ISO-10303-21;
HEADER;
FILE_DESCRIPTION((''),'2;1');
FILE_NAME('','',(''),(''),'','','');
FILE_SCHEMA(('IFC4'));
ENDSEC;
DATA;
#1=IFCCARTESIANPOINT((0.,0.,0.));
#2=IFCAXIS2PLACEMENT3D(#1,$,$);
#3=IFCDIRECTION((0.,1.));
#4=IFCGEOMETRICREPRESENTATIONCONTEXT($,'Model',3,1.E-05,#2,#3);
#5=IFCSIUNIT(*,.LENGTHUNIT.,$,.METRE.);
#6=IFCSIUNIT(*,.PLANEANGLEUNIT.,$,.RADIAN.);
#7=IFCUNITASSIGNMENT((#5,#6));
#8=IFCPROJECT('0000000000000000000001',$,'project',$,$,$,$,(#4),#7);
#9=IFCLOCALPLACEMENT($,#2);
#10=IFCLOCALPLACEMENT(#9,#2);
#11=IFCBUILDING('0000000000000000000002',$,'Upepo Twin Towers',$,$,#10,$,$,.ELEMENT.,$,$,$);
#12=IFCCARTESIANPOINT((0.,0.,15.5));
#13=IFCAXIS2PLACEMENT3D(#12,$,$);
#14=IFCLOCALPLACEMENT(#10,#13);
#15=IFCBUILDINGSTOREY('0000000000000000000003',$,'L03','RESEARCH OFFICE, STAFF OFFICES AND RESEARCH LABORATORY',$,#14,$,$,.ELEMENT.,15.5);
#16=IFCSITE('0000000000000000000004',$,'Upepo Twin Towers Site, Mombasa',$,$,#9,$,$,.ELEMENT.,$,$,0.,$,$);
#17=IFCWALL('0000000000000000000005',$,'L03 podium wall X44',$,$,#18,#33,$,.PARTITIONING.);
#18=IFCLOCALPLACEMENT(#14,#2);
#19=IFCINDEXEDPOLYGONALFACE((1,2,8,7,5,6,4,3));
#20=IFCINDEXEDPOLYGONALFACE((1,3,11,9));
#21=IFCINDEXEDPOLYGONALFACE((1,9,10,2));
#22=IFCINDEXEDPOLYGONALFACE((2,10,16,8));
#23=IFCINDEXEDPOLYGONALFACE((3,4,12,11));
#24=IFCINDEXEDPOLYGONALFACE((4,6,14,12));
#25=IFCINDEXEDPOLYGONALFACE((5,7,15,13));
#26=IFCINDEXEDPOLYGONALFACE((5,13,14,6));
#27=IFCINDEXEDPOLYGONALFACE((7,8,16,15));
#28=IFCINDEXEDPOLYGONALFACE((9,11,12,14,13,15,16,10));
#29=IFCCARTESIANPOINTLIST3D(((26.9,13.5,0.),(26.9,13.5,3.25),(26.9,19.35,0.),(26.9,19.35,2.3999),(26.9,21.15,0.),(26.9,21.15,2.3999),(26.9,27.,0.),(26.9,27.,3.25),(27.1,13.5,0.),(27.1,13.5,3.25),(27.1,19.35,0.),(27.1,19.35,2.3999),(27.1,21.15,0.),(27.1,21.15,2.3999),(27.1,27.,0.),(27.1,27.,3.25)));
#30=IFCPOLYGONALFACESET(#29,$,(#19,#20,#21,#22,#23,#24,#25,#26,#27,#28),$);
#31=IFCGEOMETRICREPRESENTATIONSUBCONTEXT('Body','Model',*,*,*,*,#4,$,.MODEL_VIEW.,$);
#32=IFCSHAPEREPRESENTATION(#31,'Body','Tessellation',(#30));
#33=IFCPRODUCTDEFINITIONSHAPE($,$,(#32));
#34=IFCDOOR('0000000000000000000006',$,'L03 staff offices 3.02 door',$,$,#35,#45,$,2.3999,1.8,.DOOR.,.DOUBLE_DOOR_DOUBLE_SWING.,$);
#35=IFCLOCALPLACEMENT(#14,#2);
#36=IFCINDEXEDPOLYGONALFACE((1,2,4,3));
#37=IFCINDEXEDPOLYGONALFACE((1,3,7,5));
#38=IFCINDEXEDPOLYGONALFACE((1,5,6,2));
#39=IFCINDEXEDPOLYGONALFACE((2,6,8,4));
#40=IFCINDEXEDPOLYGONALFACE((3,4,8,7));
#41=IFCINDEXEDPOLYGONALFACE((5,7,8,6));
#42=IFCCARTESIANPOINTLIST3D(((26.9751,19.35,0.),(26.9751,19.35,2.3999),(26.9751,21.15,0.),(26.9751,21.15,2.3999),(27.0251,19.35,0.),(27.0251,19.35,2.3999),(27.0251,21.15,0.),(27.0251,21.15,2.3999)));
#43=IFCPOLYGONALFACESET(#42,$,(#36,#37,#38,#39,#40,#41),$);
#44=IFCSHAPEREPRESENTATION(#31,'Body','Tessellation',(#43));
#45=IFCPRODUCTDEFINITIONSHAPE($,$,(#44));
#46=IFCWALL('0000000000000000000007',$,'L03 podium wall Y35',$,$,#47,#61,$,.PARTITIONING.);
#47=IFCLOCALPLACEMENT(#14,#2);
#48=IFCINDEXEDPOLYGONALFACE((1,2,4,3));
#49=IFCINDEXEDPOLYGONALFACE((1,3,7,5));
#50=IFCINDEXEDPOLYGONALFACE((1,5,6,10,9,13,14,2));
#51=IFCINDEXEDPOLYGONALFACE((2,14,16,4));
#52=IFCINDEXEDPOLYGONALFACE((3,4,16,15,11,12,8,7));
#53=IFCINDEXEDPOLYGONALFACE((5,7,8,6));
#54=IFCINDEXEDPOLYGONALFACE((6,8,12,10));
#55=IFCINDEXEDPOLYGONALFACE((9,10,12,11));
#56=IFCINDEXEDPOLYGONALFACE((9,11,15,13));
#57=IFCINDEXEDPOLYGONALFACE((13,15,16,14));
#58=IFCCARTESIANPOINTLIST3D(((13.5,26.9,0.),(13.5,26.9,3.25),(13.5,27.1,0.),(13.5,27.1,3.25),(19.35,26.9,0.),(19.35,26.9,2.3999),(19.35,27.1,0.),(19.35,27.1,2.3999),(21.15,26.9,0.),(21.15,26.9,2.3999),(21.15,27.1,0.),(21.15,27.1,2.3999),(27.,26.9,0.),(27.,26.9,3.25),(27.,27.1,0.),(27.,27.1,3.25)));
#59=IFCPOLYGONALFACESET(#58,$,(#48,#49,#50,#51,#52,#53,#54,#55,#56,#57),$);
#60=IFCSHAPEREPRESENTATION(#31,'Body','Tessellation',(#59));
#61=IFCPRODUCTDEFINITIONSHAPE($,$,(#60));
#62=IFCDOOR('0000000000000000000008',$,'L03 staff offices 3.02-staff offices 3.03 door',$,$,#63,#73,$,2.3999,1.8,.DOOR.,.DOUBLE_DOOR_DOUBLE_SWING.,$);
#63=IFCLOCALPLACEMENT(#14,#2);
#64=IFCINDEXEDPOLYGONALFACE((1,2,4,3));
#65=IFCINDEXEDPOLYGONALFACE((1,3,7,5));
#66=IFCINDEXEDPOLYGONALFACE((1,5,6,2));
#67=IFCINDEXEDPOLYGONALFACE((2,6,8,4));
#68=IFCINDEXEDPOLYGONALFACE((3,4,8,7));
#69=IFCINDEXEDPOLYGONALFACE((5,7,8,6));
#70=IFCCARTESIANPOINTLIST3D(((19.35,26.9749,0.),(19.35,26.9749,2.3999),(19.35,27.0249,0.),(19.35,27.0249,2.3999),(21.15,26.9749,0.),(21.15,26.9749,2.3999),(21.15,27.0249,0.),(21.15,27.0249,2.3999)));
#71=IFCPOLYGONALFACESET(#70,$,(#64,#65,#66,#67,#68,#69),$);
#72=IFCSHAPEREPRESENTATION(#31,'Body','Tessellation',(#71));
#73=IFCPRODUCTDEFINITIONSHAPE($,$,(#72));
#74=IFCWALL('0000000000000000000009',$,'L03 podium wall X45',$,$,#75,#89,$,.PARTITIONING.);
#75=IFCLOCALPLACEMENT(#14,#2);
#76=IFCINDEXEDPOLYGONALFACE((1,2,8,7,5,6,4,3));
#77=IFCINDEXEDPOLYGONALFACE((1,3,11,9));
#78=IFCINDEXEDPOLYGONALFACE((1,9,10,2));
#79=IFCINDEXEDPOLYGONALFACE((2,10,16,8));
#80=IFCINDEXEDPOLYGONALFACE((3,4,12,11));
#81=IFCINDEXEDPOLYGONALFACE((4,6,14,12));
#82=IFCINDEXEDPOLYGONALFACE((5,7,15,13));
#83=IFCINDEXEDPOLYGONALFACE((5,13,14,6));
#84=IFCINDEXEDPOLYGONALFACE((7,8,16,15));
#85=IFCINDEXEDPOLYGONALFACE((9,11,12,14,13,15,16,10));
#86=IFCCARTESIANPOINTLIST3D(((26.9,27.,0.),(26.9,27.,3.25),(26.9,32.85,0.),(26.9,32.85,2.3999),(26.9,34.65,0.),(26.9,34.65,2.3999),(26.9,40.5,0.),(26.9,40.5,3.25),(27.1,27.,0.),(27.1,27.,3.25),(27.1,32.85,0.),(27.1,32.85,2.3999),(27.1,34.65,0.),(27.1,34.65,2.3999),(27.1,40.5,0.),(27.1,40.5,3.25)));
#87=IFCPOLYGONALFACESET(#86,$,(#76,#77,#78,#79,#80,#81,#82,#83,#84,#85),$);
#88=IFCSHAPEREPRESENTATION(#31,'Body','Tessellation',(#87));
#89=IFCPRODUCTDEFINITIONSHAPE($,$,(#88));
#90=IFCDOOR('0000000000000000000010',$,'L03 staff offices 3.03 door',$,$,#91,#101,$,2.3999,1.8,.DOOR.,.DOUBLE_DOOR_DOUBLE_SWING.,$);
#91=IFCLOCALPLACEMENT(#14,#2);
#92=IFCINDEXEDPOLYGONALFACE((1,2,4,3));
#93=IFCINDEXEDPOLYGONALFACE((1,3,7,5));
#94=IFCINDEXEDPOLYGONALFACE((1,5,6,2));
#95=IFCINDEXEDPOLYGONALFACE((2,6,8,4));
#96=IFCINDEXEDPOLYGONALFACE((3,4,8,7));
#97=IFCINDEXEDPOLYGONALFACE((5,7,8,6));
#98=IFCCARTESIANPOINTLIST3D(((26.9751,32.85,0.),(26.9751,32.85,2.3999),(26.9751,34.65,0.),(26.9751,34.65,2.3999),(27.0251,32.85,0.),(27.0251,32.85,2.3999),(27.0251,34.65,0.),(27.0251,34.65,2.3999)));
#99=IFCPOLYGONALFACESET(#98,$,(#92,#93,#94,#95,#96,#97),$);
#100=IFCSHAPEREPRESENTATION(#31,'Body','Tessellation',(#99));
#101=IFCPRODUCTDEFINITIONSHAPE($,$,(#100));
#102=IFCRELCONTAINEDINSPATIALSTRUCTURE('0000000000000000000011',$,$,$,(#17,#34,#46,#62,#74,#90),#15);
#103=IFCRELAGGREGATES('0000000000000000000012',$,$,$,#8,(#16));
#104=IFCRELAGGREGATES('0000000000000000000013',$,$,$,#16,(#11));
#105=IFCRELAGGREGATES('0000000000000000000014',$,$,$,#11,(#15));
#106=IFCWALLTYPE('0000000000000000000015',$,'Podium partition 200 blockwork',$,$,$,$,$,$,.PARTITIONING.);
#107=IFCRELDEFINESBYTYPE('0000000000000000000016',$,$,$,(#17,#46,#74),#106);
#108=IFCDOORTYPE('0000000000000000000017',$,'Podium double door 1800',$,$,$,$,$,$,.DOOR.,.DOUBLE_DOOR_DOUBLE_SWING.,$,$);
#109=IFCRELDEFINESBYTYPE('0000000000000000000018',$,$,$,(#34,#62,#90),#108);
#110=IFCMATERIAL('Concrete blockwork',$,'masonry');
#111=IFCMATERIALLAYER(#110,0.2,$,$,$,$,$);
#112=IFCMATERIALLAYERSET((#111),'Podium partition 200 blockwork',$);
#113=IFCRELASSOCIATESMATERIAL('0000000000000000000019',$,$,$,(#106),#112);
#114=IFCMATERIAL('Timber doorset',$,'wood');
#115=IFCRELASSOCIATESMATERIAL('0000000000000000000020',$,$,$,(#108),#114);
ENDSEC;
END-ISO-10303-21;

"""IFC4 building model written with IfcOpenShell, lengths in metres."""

from ifc_helpers import new_model, si_unit, direction, frame, frame_2d, origin, place, context, subcontext, project, spatial, rectangle, extrude, material, layer, layer_set, type_object, element, fill, save


model = new_model("IFC4")

# Units and contexts
model_context = context("Model", 3, precision=1e-05, world=origin(), true_north=direction((0.0, 1.0)))
body_context = subcontext(model_context, "Body", "Model", "MODEL_VIEW")
ifc_project = project(units=[si_unit("LENGTHUNIT", "METRE"), si_unit("PLANEANGLEUNIT", "RADIAN")], contexts=[model_context])

# Site, building, storey
site_placement = place(None, origin())
site = spatial("IfcSite", under=ifc_project, at=site_placement, Name="Upepo Twin Towers Site, Mombasa", CompositionType="ELEMENT", RefElevation=0.0)
building_placement = place(site_placement, origin())
building = spatial("IfcBuilding", under=site, at=building_placement, Name="Upepo Twin Towers", CompositionType="ELEMENT")
storey_placement = place(building_placement, frame((0.0, 0.0, 15.5)))
storey = spatial("IfcBuildingStorey", under=building, at=storey_placement, Name="L03", Description="RESEARCH OFFICE, STAFF OFFICES AND RESEARCH LABORATORY", CompositionType="ELEMENT", Elevation=15.5)

# Walls, openings, doors
ifc_material_1 = material(Name="Concrete blockwork", Category="masonry")
ifc_layer_1 = layer(ifc_material_1, 0.2)
ifc_layer_set_1 = layer_set([ifc_layer_1], Name="Podium partition 200 blockwork")
wall_type = type_object("IfcWallType", Name="Podium partition 200 blockwork", PredefinedType="PARTITIONING", material=ifc_layer_set_1)
ifc_material_2 = material(Name="Timber doorset", Category="wood")
door_type = type_object("IfcDoorType", Name="Podium double door 1800", OperationType="DOUBLE_DOOR_DOUBLE_SWING", PredefinedType="DOOR", material=ifc_material_2)
wall_1_placement = place(storey_placement, frame((27.0, 13.5, 0.0), z_axis=(0.0, 0.0, 1.0), x_axis=(0.0, 1.0, 0.0)))
wall_1 = element("IfcWall", 1, at=wall_1_placement, inside=storey, type_object=wall_type, Name="L03 podium wall X44", PredefinedType="PARTITIONING", context=body_context, shape_type="SweptSolid", body=[
    extrude(rectangle(XDim=13.5, YDim=0.2, at=frame_2d((6.75, 0.0))), origin(), (0.0, 0.0, 1.0), 3.25),
])
opening_1_placement = place(wall_1_placement, frame((5.8501, 0.0, 0.0)))
opening_1 = element("IfcOpeningElement", 2, at=opening_1_placement, cuts=wall_1, PredefinedType="OPENING", context=body_context, shape_type="SweptSolid", body=[
    extrude(rectangle(XDim=1.8, YDim=2.3999, at=frame_2d((0.8999, 1.2))), frame((0.0, 0.1099, 0.0), z_axis=(0.0, -1.0, 0.0), x_axis=(1.0, 0.0, 0.0)), (0.0, 0.0, 1.0), 0.22),
])
door_1_placement = place(opening_1_placement, origin())
door_1 = element("IfcDoor", 3, at=door_1_placement, inside=storey, type_object=door_type, Name="L03 staff offices 3.02 door", OperationType="DOUBLE_DOOR_DOUBLE_SWING", OverallHeight=2.3999, OverallWidth=1.8, PredefinedType="DOOR", context=body_context, shape_type="SweptSolid", body=[
    extrude(rectangle(XDim=1.8, YDim=2.3999, at=frame_2d((0.8999, 1.2))), frame((0.0, 0.0249, 0.0), z_axis=(0.0, -1.0, 0.0), x_axis=(1.0, 0.0, 0.0)), (0.0, 0.0, 1.0), 0.05),
])
fill(opening_1, door_1)
wall_2_placement = place(storey_placement, frame((13.5, 27.0, 0.0), z_axis=(0.0, 0.0, 1.0), x_axis=(1.0, 0.0, 0.0)))
wall_2 = element("IfcWall", 4, at=wall_2_placement, inside=storey, type_object=wall_type, Name="L03 podium wall Y35", PredefinedType="PARTITIONING", context=body_context, shape_type="SweptSolid", body=[
    extrude(rectangle(XDim=13.5, YDim=0.2, at=frame_2d((6.75, 0.0))), origin(), (0.0, 0.0, 1.0), 3.25),
])
opening_2_placement = place(wall_2_placement, frame((5.8501, 0.0, 0.0)))
opening_2 = element("IfcOpeningElement", 5, at=opening_2_placement, cuts=wall_2, PredefinedType="OPENING", context=body_context, shape_type="SweptSolid", body=[
    extrude(rectangle(XDim=1.8, YDim=2.3999, at=frame_2d((0.8999, 1.2))), frame((0.0, 0.1099, 0.0), z_axis=(0.0, -1.0, 0.0), x_axis=(1.0, 0.0, 0.0)), (0.0, 0.0, 1.0), 0.22),
])
door_2_placement = place(opening_2_placement, origin())
door_2 = element("IfcDoor", 6, at=door_2_placement, inside=storey, type_object=door_type, Name="L03 staff offices 3.02-staff offices 3.03 door", OperationType="DOUBLE_DOOR_DOUBLE_SWING", OverallHeight=2.3999, OverallWidth=1.8, PredefinedType="DOOR", context=body_context, shape_type="SweptSolid", body=[
    extrude(rectangle(XDim=1.8, YDim=2.3999, at=frame_2d((0.8999, 1.2))), frame((0.0, 0.0249, 0.0), z_axis=(0.0, -1.0, 0.0), x_axis=(1.0, 0.0, 0.0)), (0.0, 0.0, 1.0), 0.05),
])
fill(opening_2, door_2)
wall_3_placement = place(storey_placement, frame((27.0, 27.0, 0.0), z_axis=(0.0, 0.0, 1.0), x_axis=(0.0, 1.0, 0.0)))
wall_3 = element("IfcWall", 7, at=wall_3_placement, inside=storey, type_object=wall_type, Name="L03 podium wall X45", PredefinedType="PARTITIONING", context=body_context, shape_type="SweptSolid", body=[
    extrude(rectangle(XDim=13.5, YDim=0.2, at=frame_2d((6.75, 0.0))), origin(), (0.0, 0.0, 1.0), 3.25),
])
opening_3_placement = place(wall_3_placement, frame((5.8501, 0.0, 0.0)))
opening_3 = element("IfcOpeningElement", 8, at=opening_3_placement, cuts=wall_3, PredefinedType="OPENING", context=body_context, shape_type="SweptSolid", body=[
    extrude(rectangle(XDim=1.8, YDim=2.3999, at=frame_2d((0.8999, 1.2))), frame((0.0, 0.1099, 0.0), z_axis=(0.0, -1.0, 0.0), x_axis=(1.0, 0.0, 0.0)), (0.0, 0.0, 1.0), 0.22),
])
door_3_placement = place(opening_3_placement, origin())
door_3 = element("IfcDoor", 9, at=door_3_placement, inside=storey, type_object=door_type, Name="L03 staff offices 3.03 door", OperationType="DOUBLE_DOOR_DOUBLE_SWING", OverallHeight=2.3999, OverallWidth=1.8, PredefinedType="DOOR", context=body_context, shape_type="SweptSolid", body=[
    extrude(rectangle(XDim=1.8, YDim=2.3999, at=frame_2d((0.8999, 1.2))), frame((0.0, 0.0249, 0.0), z_axis=(0.0, -1.0, 0.0), x_axis=(1.0, 0.0, 0.0)), (0.0, 0.0, 1.0), 0.05),
])
fill(opening_3, door_3)

save(model, "model.ifc")
